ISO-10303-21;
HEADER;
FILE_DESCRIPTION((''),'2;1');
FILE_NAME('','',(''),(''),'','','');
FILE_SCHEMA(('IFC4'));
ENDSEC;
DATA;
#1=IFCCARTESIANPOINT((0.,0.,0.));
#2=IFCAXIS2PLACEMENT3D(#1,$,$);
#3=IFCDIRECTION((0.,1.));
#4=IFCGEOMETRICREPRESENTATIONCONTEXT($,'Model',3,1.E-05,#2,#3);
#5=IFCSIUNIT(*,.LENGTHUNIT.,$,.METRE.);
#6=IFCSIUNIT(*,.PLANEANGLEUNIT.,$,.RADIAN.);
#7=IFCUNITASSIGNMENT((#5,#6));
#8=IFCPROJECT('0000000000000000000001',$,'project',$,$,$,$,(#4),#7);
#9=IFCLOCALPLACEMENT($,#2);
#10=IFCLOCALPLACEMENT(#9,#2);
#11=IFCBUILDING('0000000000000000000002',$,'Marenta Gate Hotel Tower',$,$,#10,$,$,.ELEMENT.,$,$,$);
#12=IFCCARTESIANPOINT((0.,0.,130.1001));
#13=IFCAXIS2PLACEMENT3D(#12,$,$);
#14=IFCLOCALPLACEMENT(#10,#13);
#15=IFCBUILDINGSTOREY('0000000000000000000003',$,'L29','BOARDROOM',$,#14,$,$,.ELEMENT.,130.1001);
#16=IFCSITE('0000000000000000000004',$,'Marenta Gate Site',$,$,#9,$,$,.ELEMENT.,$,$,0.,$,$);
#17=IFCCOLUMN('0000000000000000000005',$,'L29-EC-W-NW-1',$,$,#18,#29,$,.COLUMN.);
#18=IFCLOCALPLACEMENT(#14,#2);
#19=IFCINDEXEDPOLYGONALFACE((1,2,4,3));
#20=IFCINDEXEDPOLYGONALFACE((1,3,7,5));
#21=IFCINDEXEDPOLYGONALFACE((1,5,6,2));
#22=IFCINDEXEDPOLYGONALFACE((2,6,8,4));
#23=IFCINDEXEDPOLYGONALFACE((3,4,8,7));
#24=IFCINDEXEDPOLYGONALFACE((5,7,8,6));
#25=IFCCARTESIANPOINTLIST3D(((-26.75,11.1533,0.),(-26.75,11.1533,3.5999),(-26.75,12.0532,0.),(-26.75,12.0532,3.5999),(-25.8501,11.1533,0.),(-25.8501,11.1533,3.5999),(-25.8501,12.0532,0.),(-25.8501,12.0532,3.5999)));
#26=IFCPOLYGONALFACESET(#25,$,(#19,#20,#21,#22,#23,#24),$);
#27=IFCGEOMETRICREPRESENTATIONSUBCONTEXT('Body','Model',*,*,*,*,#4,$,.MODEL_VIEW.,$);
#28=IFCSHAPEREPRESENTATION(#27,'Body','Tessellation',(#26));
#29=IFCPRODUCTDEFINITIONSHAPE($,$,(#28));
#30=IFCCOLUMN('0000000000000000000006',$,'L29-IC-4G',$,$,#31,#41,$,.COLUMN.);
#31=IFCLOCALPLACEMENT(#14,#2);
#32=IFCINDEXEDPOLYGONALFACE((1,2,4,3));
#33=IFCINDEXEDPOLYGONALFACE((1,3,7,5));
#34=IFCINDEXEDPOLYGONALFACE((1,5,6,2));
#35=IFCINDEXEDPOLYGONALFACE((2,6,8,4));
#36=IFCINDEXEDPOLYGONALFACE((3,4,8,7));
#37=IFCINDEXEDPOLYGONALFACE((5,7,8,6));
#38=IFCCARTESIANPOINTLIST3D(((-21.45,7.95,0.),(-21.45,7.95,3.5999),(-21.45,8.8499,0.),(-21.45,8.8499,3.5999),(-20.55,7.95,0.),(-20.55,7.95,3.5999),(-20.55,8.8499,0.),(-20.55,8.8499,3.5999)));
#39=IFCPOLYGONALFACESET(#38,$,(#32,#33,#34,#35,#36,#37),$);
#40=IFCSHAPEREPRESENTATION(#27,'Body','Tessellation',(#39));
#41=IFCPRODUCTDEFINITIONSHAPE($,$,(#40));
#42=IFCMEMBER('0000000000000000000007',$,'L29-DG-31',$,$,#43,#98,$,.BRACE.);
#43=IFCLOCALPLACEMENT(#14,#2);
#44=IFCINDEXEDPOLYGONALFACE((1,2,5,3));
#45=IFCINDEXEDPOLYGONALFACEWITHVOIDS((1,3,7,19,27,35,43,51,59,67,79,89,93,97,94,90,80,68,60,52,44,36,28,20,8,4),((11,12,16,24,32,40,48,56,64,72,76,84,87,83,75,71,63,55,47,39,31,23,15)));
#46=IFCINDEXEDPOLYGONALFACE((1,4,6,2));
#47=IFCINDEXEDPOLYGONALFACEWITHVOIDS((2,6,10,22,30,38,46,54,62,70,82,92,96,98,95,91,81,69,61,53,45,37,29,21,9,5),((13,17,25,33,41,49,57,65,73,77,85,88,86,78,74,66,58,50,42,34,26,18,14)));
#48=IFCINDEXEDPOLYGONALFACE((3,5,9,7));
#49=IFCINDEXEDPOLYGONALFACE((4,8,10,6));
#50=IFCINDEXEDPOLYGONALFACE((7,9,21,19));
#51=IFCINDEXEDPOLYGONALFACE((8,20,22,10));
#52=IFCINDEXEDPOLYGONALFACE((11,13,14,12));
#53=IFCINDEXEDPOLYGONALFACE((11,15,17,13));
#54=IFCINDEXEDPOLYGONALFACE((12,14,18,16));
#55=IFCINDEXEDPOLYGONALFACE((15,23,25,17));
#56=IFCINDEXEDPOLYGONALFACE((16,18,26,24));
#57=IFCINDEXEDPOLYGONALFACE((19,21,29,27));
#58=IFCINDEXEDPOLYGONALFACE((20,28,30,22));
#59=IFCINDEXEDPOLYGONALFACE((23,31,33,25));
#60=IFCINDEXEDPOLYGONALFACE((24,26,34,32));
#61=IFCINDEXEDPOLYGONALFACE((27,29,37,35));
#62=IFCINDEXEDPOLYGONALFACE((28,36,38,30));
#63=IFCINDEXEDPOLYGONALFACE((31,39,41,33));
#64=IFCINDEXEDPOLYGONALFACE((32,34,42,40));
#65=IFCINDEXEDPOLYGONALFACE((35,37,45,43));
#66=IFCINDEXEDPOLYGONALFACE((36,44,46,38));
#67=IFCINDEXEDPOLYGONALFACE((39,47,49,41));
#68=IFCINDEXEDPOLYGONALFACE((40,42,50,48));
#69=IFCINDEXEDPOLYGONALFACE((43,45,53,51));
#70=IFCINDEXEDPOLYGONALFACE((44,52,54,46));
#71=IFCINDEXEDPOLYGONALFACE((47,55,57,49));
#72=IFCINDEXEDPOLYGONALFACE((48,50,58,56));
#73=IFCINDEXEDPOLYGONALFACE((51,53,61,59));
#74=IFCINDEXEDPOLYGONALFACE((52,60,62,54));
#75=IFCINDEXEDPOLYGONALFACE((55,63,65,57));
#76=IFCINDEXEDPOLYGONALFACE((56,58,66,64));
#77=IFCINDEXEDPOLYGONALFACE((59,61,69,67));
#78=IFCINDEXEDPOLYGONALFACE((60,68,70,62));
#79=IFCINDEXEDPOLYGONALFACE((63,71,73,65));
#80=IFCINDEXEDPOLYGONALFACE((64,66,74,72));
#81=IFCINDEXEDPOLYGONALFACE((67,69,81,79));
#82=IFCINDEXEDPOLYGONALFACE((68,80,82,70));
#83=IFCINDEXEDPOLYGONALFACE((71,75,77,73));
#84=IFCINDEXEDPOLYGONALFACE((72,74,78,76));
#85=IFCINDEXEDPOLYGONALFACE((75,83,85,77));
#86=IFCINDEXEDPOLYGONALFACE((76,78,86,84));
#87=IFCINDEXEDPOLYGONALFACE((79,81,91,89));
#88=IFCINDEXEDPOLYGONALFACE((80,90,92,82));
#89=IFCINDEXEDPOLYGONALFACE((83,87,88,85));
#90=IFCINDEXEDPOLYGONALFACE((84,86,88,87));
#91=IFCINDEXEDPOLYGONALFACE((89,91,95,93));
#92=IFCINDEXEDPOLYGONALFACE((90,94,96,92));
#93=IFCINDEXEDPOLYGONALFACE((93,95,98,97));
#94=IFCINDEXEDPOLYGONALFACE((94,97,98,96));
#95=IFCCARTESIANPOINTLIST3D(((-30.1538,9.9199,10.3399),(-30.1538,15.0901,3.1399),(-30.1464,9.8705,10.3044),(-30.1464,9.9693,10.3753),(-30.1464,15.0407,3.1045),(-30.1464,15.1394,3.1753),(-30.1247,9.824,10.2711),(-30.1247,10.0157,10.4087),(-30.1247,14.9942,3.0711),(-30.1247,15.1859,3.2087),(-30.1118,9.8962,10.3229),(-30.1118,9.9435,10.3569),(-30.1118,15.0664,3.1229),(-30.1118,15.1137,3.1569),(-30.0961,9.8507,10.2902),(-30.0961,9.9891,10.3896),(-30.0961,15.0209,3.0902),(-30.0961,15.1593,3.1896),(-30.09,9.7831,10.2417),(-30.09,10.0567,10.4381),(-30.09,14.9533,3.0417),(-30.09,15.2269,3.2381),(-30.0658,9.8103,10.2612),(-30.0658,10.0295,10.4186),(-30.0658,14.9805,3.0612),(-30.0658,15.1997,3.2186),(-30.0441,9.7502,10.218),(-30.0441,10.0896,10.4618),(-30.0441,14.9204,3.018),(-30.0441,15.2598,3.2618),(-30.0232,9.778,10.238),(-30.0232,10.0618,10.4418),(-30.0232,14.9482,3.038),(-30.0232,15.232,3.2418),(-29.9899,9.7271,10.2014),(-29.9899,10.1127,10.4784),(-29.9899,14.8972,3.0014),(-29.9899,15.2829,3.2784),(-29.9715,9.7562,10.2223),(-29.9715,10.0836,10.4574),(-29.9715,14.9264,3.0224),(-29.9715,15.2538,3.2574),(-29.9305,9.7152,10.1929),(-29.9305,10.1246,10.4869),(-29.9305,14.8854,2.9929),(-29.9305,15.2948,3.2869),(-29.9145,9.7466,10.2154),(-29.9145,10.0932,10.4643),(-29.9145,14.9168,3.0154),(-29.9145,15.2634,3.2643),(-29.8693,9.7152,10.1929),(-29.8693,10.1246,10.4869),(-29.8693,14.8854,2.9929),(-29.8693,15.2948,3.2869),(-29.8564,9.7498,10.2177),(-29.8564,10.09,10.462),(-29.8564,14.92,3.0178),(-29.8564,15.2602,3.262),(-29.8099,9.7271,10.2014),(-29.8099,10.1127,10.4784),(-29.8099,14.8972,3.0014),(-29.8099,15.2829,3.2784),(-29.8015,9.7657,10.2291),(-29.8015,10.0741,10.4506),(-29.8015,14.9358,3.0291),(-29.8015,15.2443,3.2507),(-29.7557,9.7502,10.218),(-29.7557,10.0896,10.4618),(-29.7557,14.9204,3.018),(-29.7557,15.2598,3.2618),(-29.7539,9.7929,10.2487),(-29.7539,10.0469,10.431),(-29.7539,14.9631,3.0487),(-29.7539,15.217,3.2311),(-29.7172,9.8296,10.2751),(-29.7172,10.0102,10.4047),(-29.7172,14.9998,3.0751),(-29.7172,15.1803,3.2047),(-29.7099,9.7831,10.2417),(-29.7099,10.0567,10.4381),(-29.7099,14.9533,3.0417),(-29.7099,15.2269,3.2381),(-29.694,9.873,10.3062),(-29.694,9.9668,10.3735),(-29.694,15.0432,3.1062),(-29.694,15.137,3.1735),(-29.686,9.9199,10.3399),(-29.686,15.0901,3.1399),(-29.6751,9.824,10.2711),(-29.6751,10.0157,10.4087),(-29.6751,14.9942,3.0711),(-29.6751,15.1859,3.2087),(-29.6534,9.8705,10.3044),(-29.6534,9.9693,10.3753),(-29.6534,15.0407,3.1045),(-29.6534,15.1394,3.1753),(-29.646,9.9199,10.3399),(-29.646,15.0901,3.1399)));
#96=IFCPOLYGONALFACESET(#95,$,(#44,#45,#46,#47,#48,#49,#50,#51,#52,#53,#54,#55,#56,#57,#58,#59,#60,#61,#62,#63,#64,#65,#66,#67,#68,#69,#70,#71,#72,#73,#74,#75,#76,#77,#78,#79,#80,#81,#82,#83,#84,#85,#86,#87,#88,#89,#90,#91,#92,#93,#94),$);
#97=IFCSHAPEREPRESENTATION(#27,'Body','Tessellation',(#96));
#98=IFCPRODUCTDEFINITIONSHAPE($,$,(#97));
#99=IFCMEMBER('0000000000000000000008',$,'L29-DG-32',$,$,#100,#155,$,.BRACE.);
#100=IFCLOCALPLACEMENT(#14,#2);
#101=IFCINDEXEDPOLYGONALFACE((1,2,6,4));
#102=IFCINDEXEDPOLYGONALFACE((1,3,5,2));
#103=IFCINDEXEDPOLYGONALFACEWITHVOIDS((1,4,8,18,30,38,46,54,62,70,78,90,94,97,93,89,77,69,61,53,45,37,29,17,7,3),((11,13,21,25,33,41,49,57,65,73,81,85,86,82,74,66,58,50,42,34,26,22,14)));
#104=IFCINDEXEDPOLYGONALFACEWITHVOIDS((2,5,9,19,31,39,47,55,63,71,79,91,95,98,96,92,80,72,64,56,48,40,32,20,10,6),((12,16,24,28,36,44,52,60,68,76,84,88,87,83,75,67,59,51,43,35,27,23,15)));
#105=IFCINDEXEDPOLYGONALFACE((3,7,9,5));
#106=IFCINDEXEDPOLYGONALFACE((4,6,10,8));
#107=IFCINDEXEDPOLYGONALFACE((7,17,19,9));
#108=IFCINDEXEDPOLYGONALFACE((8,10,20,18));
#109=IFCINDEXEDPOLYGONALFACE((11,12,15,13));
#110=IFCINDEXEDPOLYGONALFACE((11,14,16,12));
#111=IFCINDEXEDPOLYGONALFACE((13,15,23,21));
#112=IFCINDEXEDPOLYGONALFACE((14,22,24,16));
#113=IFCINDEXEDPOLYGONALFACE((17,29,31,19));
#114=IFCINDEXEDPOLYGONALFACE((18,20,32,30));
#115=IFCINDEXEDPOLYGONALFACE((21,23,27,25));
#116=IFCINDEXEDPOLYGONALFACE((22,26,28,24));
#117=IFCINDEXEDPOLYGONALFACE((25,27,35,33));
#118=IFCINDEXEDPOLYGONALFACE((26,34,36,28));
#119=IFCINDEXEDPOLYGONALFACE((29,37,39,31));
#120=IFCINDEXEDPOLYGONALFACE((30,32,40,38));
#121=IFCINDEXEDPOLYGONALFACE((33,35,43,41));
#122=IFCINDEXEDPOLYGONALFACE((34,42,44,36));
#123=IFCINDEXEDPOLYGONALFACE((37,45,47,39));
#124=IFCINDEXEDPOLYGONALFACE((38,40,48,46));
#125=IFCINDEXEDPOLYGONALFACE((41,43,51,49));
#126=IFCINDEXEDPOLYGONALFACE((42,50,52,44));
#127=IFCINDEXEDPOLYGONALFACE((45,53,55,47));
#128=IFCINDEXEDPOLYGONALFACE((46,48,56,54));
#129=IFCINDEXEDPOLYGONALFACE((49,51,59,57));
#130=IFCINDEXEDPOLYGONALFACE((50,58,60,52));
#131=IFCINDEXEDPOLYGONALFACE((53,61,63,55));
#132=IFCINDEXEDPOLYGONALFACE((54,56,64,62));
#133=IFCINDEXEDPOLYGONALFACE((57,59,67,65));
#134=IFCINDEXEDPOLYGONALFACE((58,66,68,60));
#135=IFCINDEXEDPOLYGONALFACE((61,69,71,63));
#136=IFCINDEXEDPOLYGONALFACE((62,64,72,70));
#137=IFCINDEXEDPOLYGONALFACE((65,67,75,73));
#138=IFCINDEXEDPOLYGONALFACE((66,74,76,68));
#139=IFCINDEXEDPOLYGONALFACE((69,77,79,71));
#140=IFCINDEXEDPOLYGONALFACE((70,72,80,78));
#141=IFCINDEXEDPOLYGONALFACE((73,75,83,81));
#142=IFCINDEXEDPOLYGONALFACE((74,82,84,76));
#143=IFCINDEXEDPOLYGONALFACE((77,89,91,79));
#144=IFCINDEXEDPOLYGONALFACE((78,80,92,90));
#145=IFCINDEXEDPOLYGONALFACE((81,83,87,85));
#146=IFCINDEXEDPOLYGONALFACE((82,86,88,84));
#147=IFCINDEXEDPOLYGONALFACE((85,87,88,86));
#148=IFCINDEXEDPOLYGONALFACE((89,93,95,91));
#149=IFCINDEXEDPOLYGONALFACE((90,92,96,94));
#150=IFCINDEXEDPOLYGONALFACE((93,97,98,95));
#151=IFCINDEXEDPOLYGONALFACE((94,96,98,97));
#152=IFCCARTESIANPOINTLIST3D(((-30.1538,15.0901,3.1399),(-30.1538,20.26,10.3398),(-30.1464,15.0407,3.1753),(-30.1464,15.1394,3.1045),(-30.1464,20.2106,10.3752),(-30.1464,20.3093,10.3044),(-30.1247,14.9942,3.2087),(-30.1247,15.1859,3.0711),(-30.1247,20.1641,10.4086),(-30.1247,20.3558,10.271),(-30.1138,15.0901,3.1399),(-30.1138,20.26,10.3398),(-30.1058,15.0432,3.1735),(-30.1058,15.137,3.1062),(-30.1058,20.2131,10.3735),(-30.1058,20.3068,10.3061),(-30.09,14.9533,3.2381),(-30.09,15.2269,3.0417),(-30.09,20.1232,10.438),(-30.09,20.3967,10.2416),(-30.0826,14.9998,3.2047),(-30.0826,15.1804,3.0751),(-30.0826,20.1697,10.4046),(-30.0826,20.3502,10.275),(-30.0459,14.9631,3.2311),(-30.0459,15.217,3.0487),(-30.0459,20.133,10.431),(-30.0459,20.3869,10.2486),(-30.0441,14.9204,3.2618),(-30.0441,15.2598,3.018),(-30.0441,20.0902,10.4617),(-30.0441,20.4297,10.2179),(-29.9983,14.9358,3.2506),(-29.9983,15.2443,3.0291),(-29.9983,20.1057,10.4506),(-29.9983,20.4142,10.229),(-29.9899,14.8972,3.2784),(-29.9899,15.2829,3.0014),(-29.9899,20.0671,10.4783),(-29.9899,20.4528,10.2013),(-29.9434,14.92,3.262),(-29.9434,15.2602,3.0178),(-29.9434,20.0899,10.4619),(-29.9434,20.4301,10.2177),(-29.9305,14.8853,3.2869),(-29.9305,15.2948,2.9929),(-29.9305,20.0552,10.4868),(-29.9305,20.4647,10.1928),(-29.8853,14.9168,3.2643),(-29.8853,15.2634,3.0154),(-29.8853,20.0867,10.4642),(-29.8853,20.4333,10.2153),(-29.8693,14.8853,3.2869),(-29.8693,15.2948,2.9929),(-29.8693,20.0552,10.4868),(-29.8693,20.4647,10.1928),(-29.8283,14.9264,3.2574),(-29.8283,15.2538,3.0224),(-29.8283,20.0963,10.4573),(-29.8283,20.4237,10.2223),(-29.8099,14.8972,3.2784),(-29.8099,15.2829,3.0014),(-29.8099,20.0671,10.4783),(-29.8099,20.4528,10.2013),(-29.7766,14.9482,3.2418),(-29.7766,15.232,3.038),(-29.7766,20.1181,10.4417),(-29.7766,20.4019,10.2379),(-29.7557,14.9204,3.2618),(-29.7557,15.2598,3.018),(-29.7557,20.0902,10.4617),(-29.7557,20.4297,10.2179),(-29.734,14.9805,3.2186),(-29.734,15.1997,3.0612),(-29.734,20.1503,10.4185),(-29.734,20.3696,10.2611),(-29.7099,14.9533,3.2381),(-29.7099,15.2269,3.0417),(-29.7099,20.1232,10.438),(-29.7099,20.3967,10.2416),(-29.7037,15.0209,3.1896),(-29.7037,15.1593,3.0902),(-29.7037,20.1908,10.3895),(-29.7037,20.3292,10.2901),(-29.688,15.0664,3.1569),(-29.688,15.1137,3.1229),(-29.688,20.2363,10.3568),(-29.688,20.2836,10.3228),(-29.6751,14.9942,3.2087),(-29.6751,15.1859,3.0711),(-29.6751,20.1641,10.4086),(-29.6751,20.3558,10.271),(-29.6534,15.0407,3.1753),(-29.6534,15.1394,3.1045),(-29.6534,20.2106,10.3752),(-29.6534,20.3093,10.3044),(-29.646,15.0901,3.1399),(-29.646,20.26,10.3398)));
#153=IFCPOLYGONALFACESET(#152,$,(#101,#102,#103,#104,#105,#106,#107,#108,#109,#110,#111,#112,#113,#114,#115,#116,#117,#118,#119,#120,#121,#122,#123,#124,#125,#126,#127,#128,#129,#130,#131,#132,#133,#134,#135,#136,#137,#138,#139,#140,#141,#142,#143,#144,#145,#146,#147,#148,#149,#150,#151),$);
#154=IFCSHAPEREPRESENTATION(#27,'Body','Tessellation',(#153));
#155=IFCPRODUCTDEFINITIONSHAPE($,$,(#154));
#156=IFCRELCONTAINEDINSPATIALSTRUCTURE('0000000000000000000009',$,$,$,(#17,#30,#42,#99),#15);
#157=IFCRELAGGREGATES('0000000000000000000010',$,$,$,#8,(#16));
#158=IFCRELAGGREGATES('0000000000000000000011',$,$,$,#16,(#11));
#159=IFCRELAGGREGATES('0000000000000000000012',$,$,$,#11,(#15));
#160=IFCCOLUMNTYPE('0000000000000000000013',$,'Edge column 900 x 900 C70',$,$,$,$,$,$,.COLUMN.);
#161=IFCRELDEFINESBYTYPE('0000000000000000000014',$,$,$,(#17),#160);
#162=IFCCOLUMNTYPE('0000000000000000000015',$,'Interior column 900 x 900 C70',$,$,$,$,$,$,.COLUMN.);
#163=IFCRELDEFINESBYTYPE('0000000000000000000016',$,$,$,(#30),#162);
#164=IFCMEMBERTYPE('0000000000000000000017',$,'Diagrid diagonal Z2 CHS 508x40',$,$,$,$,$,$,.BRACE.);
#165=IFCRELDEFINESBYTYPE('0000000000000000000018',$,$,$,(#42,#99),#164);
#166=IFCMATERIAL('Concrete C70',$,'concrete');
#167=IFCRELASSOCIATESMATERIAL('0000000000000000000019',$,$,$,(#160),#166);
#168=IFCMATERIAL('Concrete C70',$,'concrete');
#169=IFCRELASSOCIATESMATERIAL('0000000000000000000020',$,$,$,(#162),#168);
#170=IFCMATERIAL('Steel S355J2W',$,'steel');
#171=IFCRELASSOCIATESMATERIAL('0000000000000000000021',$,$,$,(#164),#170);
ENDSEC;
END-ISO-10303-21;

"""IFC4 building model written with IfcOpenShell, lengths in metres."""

from ifc_helpers import new_model, si_unit, direction, frame, origin, origin_2d, place, context, subcontext, project, spatial, rectangle, hollow_circle, extrude, material, material_profile, profile_set, type_object, element, save


model = new_model("IFC4")

# Units and contexts
model_context = context("Model", 3, precision=1e-05, world=origin(), true_north=direction((0.0, 1.0)))
body_context = subcontext(model_context, "Body", "Model", "MODEL_VIEW")
ifc_project = project(units=[si_unit("LENGTHUNIT", "METRE"), si_unit("PLANEANGLEUNIT", "RADIAN")], contexts=[model_context])

# Site, building, storey
site_placement = place(None, origin())
site = spatial("IfcSite", under=ifc_project, at=site_placement, Name="Marenta Gate Site", CompositionType="ELEMENT", RefElevation=0.0)
building_placement = place(site_placement, origin())
building = spatial("IfcBuilding", under=site, at=building_placement, Name="Marenta Gate Hotel Tower", CompositionType="ELEMENT")
storey_placement = place(building_placement, frame((0.0, 0.0, 130.1001)))
storey = spatial("IfcBuildingStorey", under=building, at=storey_placement, Name="L29", Description="BOARDROOM", CompositionType="ELEMENT", Elevation=130.1001)

# Columns
ifc_material_1 = material(Name="Concrete C70", Category="concrete")
ifc_material_profile_1 = material_profile(ifc_material_1, rectangle(XDim=0.8999, YDim=0.8999, at=origin_2d()), Name="900 x 900")
ifc_profile_set_1 = profile_set([ifc_material_profile_1], Name="Concrete C70")
column_type_1 = type_object("IfcColumnType", Name="Edge column 900 x 900 C70", PredefinedType="COLUMN", material=ifc_profile_set_1)
column_1_placement = place(storey_placement, frame((-26.3, 11.6033, 0.0), z_axis=(0.0, 0.0, 1.0), x_axis=(1.0, 0.0, 0.0)))
element("IfcColumn", 1, at=column_1_placement, inside=storey, type_object=column_type_1, Name="L29-EC-W-NW-1", PredefinedType="COLUMN", context=body_context, shape_type="SweptSolid", body=[
    extrude(rectangle(XDim=0.8999, YDim=0.8999, at=origin_2d()), origin(), (0.0, 0.0, 1.0), 3.5999),
])
ifc_material_2 = material(Name="Concrete C70", Category="concrete")
ifc_material_profile_2 = material_profile(ifc_material_2, rectangle(XDim=0.8999, YDim=0.8999, at=origin_2d()), Name="900 x 900")
ifc_profile_set_2 = profile_set([ifc_material_profile_2], Name="Concrete C70")
column_type_2 = type_object("IfcColumnType", Name="Interior column 900 x 900 C70", PredefinedType="COLUMN", material=ifc_profile_set_2)
column_2_placement = place(storey_placement, frame((-21.0, 8.3999, 0.0), z_axis=(0.0, 0.0, 1.0), x_axis=(1.0, 0.0, 0.0)))
element("IfcColumn", 2, at=column_2_placement, inside=storey, type_object=column_type_2, Name="L29-IC-4G", PredefinedType="COLUMN", context=body_context, shape_type="SweptSolid", body=[
    extrude(rectangle(XDim=0.8999, YDim=0.8999, at=origin_2d()), origin(), (0.0, 0.0, 1.0), 3.5999),
])

# Members
ifc_material_3 = material(Name="Steel S355J2W", Category="steel")
ifc_material_profile_3 = material_profile(ifc_material_3, hollow_circle(Radius=0.2539, WallThickness=0.04, at=origin_2d()), Name="CHS 508x40")
ifc_profile_set_3 = profile_set([ifc_material_profile_3], Name="Steel S355J2W")
member_type_1 = type_object("IfcMemberType", Name="Diagrid diagonal Z2 CHS 508x40", PredefinedType="BRACE", material=ifc_profile_set_3)
member_1_placement = place(storey_placement, frame((-29.8999, 15.0901, 3.1399), z_axis=(0.0, -0.583279, 0.812272), x_axis=(1.0, 0.0, 0.0)))
element("IfcMember", 3, at=member_1_placement, inside=storey, type_object=member_type_1, Name="L29-DG-31", PredefinedType="BRACE", context=body_context, shape_type="SweptSolid", body=[
    extrude(hollow_circle(Radius=0.2539, WallThickness=0.04, at=origin_2d()), origin(), (0.0, 0.0, 1.0), 8.864),
])
member_2_placement = place(storey_placement, frame((-29.8999, 15.0901, 3.1399), z_axis=(0.0, 0.583261, 0.812285), x_axis=(-1.0, 0.0, 0.0)))
element("IfcMember", 4, at=member_2_placement, inside=storey, type_object=member_type_1, Name="L29-DG-32", PredefinedType="BRACE", context=body_context, shape_type="SweptSolid", body=[
    extrude(hollow_circle(Radius=0.2539, WallThickness=0.04, at=origin_2d()), origin(), (0.0, 0.0, 1.0), 8.8638),
])

save(model, "model.ifc")
